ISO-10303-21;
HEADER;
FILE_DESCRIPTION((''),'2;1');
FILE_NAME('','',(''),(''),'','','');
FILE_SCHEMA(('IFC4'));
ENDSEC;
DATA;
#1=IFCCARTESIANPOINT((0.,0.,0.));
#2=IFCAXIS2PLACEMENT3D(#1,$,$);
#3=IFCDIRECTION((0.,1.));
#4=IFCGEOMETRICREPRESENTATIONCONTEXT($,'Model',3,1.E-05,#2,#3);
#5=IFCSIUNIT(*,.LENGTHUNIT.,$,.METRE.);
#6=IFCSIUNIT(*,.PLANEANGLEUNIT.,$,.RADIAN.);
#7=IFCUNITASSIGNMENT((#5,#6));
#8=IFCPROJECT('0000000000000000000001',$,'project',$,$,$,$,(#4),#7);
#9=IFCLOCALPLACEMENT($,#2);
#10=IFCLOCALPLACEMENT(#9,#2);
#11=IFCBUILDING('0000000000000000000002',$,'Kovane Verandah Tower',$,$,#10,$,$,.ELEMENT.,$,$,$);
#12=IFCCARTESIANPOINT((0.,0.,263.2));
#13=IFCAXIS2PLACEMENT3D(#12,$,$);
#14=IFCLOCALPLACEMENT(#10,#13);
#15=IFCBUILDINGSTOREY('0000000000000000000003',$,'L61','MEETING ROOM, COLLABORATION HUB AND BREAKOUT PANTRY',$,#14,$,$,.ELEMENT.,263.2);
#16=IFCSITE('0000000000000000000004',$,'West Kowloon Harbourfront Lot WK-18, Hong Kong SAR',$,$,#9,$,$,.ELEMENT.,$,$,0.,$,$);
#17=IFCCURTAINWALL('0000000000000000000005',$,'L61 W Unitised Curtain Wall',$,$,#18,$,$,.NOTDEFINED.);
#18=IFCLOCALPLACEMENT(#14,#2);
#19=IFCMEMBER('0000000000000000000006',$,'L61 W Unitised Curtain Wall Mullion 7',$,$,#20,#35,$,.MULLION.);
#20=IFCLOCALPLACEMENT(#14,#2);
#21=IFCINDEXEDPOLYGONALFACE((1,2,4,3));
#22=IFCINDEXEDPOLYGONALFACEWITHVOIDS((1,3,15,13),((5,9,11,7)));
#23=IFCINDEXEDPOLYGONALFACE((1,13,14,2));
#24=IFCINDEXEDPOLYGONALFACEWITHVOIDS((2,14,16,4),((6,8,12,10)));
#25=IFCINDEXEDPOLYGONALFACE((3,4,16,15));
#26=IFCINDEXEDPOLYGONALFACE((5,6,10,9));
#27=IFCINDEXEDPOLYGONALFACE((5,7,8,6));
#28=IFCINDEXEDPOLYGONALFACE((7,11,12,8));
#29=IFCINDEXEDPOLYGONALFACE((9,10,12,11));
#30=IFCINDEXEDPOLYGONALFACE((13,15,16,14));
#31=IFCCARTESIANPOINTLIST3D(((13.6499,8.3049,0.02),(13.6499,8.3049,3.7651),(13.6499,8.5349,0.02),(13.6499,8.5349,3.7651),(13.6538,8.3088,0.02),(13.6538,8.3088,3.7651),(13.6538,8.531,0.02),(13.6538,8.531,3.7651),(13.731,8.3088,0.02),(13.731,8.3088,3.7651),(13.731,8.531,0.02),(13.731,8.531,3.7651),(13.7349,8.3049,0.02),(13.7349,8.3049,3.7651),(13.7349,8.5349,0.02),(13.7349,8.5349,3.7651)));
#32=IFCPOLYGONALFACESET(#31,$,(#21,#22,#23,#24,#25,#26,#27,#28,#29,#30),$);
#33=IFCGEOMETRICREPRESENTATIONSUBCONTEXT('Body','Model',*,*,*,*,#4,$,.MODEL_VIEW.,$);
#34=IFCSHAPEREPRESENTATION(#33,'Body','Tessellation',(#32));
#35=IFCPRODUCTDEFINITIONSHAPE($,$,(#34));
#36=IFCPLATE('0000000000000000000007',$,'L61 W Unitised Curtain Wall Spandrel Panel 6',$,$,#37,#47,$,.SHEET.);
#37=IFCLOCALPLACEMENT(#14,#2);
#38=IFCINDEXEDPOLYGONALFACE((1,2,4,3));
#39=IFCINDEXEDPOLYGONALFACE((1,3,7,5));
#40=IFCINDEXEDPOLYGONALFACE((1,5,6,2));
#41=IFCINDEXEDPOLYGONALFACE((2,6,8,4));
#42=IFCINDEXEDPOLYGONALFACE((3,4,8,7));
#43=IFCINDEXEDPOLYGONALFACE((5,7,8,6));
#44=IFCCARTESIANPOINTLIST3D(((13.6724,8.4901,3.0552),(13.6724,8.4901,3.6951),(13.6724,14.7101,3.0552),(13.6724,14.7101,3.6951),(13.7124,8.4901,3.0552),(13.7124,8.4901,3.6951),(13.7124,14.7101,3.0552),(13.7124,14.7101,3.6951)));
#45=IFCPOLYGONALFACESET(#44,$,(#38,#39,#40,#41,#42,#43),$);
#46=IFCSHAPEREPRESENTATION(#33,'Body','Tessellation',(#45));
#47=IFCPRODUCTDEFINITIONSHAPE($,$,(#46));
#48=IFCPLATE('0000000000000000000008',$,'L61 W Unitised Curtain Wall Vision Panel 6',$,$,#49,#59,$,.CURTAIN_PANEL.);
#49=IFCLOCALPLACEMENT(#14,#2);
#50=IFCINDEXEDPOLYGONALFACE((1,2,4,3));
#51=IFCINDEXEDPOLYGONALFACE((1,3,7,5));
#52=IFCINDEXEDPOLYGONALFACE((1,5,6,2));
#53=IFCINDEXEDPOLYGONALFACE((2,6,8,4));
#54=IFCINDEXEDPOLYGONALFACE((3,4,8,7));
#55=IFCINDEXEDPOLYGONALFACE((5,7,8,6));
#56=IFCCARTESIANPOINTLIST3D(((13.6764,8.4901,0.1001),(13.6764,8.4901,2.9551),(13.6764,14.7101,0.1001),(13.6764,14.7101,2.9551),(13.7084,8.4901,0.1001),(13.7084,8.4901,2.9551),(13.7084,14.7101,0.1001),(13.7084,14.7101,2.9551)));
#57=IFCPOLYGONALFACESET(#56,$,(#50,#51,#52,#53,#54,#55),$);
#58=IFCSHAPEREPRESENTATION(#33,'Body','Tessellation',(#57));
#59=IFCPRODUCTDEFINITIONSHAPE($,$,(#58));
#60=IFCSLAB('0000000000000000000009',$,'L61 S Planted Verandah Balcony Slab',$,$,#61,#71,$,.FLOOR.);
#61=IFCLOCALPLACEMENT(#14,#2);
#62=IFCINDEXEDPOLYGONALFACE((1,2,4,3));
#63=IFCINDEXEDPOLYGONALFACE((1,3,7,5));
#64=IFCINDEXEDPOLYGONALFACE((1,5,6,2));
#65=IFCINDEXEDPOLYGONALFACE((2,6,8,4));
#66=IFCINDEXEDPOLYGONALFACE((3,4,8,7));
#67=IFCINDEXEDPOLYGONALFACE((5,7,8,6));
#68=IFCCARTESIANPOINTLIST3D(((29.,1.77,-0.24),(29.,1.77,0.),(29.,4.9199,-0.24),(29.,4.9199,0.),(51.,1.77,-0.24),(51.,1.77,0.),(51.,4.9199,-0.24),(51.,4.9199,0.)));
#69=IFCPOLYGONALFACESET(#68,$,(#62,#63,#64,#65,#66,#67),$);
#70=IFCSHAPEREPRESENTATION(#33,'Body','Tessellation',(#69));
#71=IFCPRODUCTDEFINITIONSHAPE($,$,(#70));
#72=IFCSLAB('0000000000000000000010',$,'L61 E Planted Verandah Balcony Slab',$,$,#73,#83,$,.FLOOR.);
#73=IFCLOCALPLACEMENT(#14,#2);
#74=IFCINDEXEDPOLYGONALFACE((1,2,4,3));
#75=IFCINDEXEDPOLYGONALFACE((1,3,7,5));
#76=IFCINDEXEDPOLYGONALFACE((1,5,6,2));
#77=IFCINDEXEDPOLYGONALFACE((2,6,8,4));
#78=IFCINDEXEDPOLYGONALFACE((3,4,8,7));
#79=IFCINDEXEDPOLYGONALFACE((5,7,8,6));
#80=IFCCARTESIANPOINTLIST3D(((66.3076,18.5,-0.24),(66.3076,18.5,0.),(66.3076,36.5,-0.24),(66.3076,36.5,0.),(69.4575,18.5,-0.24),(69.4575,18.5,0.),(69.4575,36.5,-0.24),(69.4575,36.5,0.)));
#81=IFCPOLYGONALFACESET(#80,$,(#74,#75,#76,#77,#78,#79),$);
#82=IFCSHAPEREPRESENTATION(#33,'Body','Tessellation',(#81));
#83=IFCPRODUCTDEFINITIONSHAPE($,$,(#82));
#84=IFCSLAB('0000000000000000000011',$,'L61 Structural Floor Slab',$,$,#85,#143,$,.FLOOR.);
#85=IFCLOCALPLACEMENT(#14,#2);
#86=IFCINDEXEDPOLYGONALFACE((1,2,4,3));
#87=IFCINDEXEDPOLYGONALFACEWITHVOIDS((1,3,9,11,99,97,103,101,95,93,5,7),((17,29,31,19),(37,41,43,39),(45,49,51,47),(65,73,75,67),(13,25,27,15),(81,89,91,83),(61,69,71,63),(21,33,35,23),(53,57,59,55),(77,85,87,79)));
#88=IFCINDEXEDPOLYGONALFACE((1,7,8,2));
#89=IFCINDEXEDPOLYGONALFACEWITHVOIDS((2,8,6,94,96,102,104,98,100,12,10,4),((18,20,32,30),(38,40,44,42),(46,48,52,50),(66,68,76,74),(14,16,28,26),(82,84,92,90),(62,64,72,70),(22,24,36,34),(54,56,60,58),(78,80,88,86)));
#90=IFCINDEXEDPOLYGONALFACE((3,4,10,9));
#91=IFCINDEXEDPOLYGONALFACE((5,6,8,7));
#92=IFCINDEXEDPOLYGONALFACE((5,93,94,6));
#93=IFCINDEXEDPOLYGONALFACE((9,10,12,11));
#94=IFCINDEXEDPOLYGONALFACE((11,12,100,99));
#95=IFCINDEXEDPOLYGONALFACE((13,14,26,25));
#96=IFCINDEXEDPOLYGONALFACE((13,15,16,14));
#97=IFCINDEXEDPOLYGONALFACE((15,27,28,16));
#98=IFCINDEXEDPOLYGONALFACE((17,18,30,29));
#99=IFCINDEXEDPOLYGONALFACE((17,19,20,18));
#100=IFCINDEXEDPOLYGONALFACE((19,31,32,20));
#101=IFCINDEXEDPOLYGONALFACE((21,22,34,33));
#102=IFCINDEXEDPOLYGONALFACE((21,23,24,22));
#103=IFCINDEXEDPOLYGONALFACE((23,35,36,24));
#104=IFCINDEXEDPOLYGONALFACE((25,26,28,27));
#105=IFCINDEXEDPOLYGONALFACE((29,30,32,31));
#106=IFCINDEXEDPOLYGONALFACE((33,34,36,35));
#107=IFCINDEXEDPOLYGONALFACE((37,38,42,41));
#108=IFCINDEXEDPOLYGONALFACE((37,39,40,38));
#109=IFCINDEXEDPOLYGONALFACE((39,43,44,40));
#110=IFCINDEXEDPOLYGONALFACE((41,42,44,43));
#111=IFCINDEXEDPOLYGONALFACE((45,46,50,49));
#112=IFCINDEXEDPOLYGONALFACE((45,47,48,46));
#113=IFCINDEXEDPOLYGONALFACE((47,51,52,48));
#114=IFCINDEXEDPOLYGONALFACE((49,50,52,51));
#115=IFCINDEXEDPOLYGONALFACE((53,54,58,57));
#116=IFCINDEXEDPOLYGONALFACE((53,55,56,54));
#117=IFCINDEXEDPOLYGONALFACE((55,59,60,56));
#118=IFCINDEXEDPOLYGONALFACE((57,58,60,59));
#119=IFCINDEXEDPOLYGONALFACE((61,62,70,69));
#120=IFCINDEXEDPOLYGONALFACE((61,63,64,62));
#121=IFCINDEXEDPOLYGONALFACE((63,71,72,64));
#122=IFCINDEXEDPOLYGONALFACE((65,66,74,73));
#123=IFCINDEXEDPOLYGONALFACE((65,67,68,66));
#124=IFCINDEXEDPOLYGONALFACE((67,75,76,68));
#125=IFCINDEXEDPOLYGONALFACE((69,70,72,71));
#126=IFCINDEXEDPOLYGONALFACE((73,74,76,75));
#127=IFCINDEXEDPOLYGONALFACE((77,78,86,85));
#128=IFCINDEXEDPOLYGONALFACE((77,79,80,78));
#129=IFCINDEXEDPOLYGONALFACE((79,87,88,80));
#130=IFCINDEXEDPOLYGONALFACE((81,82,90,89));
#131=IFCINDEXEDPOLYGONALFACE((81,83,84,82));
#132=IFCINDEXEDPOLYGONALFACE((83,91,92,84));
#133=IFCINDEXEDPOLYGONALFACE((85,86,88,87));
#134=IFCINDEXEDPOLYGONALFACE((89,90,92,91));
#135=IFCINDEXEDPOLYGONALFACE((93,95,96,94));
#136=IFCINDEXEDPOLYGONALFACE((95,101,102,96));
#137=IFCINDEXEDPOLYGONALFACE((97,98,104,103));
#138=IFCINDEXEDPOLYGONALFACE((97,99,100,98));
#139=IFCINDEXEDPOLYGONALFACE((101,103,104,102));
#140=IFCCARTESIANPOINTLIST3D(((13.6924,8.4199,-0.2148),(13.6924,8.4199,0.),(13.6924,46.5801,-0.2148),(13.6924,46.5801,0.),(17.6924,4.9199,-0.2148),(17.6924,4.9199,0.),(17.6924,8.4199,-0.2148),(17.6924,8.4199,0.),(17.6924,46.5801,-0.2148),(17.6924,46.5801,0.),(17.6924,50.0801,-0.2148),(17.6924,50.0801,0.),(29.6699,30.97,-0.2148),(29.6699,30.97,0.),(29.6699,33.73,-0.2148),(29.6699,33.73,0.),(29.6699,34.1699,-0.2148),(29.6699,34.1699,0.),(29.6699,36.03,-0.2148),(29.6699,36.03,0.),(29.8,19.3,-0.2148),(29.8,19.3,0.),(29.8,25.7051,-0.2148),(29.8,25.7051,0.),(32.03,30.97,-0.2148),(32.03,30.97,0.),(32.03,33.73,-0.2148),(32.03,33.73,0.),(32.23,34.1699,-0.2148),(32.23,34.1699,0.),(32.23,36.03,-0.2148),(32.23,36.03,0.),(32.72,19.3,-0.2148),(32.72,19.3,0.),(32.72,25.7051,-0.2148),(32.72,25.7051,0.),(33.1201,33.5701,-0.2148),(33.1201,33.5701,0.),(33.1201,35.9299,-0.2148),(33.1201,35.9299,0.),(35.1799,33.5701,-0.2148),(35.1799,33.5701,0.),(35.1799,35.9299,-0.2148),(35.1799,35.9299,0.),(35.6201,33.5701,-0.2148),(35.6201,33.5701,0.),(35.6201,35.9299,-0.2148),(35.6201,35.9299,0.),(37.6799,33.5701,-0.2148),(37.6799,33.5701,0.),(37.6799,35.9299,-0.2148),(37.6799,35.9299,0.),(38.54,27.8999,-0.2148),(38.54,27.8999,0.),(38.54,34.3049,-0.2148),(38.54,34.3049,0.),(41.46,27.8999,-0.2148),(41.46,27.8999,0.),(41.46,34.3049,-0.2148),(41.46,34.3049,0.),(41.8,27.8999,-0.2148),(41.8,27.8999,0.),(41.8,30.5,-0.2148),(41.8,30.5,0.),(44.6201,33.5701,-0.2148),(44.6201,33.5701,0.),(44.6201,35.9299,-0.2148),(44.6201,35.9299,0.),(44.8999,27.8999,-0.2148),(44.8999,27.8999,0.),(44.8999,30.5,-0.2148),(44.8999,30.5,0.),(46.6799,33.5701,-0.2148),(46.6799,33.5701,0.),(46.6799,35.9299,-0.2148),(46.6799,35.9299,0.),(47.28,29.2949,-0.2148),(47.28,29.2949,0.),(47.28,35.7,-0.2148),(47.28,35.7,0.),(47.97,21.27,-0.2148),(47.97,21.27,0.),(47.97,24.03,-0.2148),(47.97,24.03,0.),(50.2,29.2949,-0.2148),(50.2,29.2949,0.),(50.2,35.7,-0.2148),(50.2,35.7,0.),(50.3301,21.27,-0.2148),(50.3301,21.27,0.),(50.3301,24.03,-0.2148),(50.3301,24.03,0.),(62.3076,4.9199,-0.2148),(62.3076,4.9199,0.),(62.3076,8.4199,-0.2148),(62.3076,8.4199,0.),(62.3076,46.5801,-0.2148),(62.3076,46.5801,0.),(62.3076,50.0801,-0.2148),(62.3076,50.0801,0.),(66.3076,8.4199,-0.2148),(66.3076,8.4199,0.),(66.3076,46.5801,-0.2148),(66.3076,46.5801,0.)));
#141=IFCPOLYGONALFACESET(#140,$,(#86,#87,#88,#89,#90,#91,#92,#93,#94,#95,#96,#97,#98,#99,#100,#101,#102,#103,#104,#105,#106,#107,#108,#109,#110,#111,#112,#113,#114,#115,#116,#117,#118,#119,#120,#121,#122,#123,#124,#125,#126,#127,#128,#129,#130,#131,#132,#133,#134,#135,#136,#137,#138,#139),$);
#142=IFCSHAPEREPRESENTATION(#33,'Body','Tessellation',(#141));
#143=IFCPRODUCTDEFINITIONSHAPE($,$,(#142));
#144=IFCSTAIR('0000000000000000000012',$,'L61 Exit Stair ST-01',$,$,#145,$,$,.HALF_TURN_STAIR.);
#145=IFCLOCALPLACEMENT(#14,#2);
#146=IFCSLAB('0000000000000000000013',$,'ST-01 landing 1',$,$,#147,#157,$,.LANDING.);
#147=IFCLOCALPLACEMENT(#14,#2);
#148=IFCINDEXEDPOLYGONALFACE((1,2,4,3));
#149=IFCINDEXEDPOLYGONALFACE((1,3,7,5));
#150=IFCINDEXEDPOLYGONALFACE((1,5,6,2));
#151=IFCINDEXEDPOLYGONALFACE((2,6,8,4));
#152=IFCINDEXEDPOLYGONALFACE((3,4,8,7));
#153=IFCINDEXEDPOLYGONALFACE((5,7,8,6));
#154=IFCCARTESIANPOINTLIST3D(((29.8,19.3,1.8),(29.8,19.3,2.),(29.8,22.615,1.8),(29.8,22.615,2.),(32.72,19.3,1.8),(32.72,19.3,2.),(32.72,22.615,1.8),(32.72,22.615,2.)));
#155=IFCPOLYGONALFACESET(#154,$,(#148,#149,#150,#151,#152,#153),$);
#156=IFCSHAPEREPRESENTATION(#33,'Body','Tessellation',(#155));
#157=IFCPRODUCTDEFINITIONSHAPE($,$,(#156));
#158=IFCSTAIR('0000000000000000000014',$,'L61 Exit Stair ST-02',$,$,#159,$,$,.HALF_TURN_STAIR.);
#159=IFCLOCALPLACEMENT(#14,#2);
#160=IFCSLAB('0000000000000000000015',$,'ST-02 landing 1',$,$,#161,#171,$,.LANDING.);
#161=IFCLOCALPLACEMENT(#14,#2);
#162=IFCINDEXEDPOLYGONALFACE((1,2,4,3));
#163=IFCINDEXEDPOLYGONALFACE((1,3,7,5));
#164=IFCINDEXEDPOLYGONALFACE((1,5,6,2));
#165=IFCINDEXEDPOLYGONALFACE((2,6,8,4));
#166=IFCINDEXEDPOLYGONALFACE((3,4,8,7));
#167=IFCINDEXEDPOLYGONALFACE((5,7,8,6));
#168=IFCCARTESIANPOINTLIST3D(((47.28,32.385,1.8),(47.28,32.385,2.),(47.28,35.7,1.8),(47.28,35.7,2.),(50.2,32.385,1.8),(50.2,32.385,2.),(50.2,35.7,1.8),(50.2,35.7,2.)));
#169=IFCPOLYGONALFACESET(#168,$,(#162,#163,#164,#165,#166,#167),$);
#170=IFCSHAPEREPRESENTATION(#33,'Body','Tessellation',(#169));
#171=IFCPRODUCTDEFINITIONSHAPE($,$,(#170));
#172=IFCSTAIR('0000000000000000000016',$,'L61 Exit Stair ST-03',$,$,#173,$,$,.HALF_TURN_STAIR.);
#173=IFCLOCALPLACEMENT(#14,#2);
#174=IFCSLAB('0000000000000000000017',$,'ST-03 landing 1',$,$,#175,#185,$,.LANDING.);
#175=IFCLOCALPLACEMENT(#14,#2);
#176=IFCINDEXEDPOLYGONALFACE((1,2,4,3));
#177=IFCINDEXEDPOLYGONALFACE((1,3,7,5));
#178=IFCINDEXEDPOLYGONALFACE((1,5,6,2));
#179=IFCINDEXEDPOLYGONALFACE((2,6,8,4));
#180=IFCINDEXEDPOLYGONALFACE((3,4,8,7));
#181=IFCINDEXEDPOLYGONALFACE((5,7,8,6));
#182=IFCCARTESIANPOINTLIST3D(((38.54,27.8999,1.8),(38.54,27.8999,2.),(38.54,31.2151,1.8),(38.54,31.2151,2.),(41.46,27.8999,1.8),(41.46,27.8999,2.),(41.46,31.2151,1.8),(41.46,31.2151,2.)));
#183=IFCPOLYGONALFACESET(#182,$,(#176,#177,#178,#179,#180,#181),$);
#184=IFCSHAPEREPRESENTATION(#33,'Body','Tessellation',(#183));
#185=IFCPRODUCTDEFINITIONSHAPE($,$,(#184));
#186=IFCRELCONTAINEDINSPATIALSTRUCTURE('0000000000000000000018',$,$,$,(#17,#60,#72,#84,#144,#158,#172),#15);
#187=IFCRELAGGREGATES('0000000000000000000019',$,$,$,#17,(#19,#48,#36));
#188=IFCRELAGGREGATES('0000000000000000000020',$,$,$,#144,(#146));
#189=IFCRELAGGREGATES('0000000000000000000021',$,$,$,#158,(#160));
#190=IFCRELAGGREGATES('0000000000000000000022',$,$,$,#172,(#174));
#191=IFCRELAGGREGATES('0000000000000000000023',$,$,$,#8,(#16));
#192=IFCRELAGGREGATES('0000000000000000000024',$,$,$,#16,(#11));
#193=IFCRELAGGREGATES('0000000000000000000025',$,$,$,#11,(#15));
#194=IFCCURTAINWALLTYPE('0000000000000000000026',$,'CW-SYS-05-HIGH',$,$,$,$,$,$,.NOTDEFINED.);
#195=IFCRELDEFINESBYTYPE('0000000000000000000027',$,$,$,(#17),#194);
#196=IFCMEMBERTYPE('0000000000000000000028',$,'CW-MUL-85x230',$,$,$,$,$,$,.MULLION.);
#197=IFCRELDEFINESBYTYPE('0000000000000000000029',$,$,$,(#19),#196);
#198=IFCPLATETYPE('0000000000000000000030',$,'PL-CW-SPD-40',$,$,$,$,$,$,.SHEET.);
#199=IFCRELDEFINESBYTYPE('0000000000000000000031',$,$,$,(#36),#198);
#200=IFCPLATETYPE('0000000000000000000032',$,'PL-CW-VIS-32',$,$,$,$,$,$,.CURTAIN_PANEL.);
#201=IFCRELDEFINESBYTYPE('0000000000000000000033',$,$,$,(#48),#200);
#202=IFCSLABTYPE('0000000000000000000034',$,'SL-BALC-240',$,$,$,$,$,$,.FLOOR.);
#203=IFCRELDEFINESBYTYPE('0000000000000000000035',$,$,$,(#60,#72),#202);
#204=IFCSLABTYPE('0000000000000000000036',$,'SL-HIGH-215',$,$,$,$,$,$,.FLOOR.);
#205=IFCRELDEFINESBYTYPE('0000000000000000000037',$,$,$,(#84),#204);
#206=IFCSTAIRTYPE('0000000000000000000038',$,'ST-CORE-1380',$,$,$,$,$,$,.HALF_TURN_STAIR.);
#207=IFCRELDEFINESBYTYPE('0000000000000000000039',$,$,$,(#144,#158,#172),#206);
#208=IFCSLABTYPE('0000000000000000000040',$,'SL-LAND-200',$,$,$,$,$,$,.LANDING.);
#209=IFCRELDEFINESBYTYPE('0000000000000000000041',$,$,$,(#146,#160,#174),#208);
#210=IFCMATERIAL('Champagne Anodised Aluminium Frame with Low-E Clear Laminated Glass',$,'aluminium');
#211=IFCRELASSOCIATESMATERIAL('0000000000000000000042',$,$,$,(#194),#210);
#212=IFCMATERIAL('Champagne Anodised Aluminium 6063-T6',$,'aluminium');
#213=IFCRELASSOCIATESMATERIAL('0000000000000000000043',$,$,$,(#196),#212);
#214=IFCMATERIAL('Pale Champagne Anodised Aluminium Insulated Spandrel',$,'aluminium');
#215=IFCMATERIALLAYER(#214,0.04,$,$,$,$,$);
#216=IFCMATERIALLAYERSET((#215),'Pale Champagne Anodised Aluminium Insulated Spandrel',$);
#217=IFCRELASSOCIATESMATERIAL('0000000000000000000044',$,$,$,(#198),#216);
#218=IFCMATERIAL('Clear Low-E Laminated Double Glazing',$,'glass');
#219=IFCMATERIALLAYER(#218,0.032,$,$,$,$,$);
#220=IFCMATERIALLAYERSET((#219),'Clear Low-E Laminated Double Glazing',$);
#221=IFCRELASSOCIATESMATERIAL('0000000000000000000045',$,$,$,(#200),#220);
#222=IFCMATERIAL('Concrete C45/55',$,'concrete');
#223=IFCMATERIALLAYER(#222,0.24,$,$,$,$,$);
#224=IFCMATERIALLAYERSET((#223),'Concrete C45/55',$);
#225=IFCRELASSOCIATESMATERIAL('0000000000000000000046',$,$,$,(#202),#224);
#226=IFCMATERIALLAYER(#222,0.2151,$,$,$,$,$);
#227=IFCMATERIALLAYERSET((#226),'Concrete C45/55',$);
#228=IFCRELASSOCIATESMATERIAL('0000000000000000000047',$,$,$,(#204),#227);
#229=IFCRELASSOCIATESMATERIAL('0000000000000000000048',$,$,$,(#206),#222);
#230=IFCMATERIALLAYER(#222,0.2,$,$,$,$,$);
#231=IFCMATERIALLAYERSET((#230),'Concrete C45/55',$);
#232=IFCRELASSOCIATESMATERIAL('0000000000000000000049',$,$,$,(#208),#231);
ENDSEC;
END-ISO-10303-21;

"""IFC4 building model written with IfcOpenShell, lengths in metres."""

from ifc_helpers import new_model, si_unit, direction, frame, origin, origin_2d, place, context, subcontext, project, spatial, polyline, rectangle, hollow_rectangle, outline, extrude, material, layer, layer_set, material_profile, profile_set, type_object, element, aggregate, save


model = new_model("IFC4")

# Units and contexts
model_context = context("Model", 3, precision=1e-05, world=origin(), true_north=direction((0.0, 1.0)))
body_context = subcontext(model_context, "Body", "Model", "MODEL_VIEW")
ifc_project = project(units=[si_unit("LENGTHUNIT", "METRE"), si_unit("PLANEANGLEUNIT", "RADIAN")], contexts=[model_context])

# Site, building, storey
site_placement = place(None, origin())
site = spatial("IfcSite", under=ifc_project, at=site_placement, Name="West Kowloon Harbourfront Lot WK-18, Hong Kong SAR", CompositionType="ELEMENT", RefElevation=0.0)
building_placement = place(site_placement, origin())
building = spatial("IfcBuilding", under=site, at=building_placement, Name="Kovane Verandah Tower", CompositionType="ELEMENT")
storey_placement = place(building_placement, frame((0.0, 0.0, 263.2)))
storey = spatial("IfcBuildingStorey", under=building, at=storey_placement, Name="L61", Description="MEETING ROOM, COLLABORATION HUB AND BREAKOUT PANTRY", CompositionType="ELEMENT", Elevation=263.2)

# Curtain wall, member, plates
ifc_material_1 = material(Name="Champagne Anodised Aluminium Frame with Low-E Clear Laminated Glass", Category="aluminium")
curtain_wall_type = type_object("IfcCurtainWallType", Name="CW-SYS-05-HIGH", PredefinedType="NOTDEFINED", material=ifc_material_1)
curtain_wall_placement = place(storey_placement, origin())
curtain_wall = element("IfcCurtainWall", 1, at=curtain_wall_placement, inside=storey, type_object=curtain_wall_type, Name="L61 W Unitised Curtain Wall", PredefinedType="NOTDEFINED")
ifc_material_2 = material(Name="Champagne Anodised Aluminium 6063-T6", Category="aluminium")
ifc_material_profile = material_profile(ifc_material_2, hollow_rectangle(XDim=0.085, YDim=0.23, WallThickness=0.0039, at=origin_2d()), Name="AL85x230x4")
ifc_profile_set = profile_set([ifc_material_profile], Name="Champagne Anodised Aluminium 6063-T6")
member_type = type_object("IfcMemberType", Name="CW-MUL-85x230", PredefinedType="MULLION", material=ifc_profile_set)
member_placement = place(storey_placement, frame((13.6924, 8.4199, 0.02), z_axis=(0.0, 0.0, 1.0), x_axis=(-1.0, 0.0, 0.0)))
member = element("IfcMember", 2, at=member_placement, type_object=member_type, Name="L61 W Unitised Curtain Wall Mullion 7", PredefinedType="MULLION", context=body_context, shape_type="SweptSolid", body=[
    extrude(hollow_rectangle(XDim=0.085, YDim=0.23, WallThickness=0.0039, at=origin_2d()), origin(), (0.0, 0.0, 1.0), 3.7451),
])
ifc_material_3 = material(Name="Pale Champagne Anodised Aluminium Insulated Spandrel", Category="aluminium")
ifc_layer_1 = layer(ifc_material_3, 0.04)
ifc_layer_set_1 = layer_set([ifc_layer_1], Name="Pale Champagne Anodised Aluminium Insulated Spandrel")
plate_type_1 = type_object("IfcPlateType", Name="PL-CW-SPD-40", PredefinedType="SHEET", material=ifc_layer_set_1)
plate_1_placement = place(storey_placement, frame((13.6924, 11.6001, 3.0552), z_axis=(0.0, 0.0, 1.0), x_axis=(0.0, -1.0, 0.0)))
plate_1 = element("IfcPlate", 3, at=plate_1_placement, type_object=plate_type_1, Name="L61 W Unitised Curtain Wall Spandrel Panel 6", PredefinedType="SHEET", context=body_context, shape_type="SweptSolid", body=[
    extrude(rectangle(XDim=6.22, YDim=0.04, at=origin_2d()), origin(), (0.0, 0.0, 1.0), 0.6399),
])
ifc_material_4 = material(Name="Clear Low-E Laminated Double Glazing", Category="glass")
ifc_layer_2 = layer(ifc_material_4, 0.032)
ifc_layer_set_2 = layer_set([ifc_layer_2], Name="Clear Low-E Laminated Double Glazing")
plate_type_2 = type_object("IfcPlateType", Name="PL-CW-VIS-32", PredefinedType="CURTAIN_PANEL", material=ifc_layer_set_2)
plate_2_placement = place(storey_placement, frame((13.6924, 11.6001, 0.1001), z_axis=(0.0, 0.0, 1.0), x_axis=(0.0, -1.0, 0.0)))
plate_2 = element("IfcPlate", 4, at=plate_2_placement, type_object=plate_type_2, Name="L61 W Unitised Curtain Wall Vision Panel 6", PredefinedType="CURTAIN_PANEL", context=body_context, shape_type="SweptSolid", body=[
    extrude(rectangle(XDim=6.22, YDim=0.032, at=origin_2d()), origin(), (0.0, 0.0, 1.0), 2.855),
])
aggregate(curtain_wall, [member, plate_2, plate_1])

# Slabs
ifc_material_5 = material(Name="Concrete C45/55", Category="concrete")
ifc_layer_3 = layer(ifc_material_5, 0.24)
ifc_layer_set_3 = layer_set([ifc_layer_3], Name="Concrete C45/55")
slab_type_1 = type_object("IfcSlabType", Name="SL-BALC-240", PredefinedType="FLOOR", material=ifc_layer_set_3)
slab_1_placement = place(storey_placement, frame((0.0, 0.0, -0.24)))
element("IfcSlab", 5, at=slab_1_placement, inside=storey, type_object=slab_type_1, Name="L61 S Planted Verandah Balcony Slab", PredefinedType="FLOOR", context=body_context, shape_type="SweptSolid", body=[
    extrude(outline(polyline([(29.0, 1.77), (51.0, 1.77), (51.0, 4.9199), (29.0, 4.9199), (29.0, 1.77)])), origin(), (0.0, 0.0, 1.0), 0.24),
])
slab_2_placement = place(storey_placement, frame((0.0, 0.0, -0.24)))
element("IfcSlab", 6, at=slab_2_placement, inside=storey, type_object=slab_type_1, Name="L61 E Planted Verandah Balcony Slab", PredefinedType="FLOOR", context=body_context, shape_type="SweptSolid", body=[
    extrude(outline(polyline([(66.3076, 18.5), (69.4575, 18.5), (69.4575, 36.5), (66.3076, 36.5), (66.3076, 18.5)])), origin(), (0.0, 0.0, 1.0), 0.24),
])
ifc_layer_4 = layer(ifc_material_5, 0.2151)
ifc_layer_set_4 = layer_set([ifc_layer_4], Name="Concrete C45/55")
slab_type_2 = type_object("IfcSlabType", Name="SL-HIGH-215", PredefinedType="FLOOR", material=ifc_layer_set_4)
slab_3_placement = place(storey_placement, frame((0.0, 0.0, -0.2148)))
element("IfcSlab", 7, at=slab_3_placement, inside=storey, type_object=slab_type_2, Name="L61 Structural Floor Slab", PredefinedType="FLOOR", context=body_context, shape_type="SweptSolid", body=[
    extrude(outline(polyline([(17.6924, 4.9199), (62.3076, 4.9199), (62.3076, 8.4199), (66.3076, 8.4199), (66.3076, 46.5801), (62.3076, 46.5801), (62.3076, 50.0801), (17.6924, 50.0801), (17.6924, 46.5801), (13.6924, 46.5801), (13.6924, 8.4199), (17.6924, 8.4199), (17.6924, 4.9199)]), holes=[polyline([(29.8, 19.3), (32.72, 19.3), (32.72, 25.7051), (29.8, 25.7051), (29.8, 19.3)]), polyline([(47.28, 29.2949), (50.2, 29.2949), (50.2, 35.7), (47.28, 35.7), (47.28, 29.2949)]), polyline([(38.54, 27.8999), (41.46, 27.8999), (41.46, 34.3049), (38.54, 34.3049), (38.54, 27.8999)]), polyline([(29.6699, 30.97), (32.03, 30.97), (32.03, 33.73), (29.6699, 33.73), (29.6699, 30.97)]), polyline([(47.97, 21.27), (50.3301, 21.27), (50.3301, 24.03), (47.97, 24.03), (47.97, 21.27)]), polyline([(29.6699, 34.1699), (32.23, 34.1699), (32.23, 36.03), (29.6699, 36.03), (29.6699, 34.1699)]), polyline([(33.1201, 33.5701), (35.1799, 33.5701), (35.1799, 35.9299), (33.1201, 35.9299), (33.1201, 33.5701)]), polyline([(35.6201, 33.5701), (37.6799, 33.5701), (37.6799, 35.9299), (35.6201, 35.9299), (35.6201, 33.5701)]), polyline([(44.6201, 33.5701), (46.6799, 33.5701), (46.6799, 35.9299), (44.6201, 35.9299), (44.6201, 33.5701)]), polyline([(41.8, 27.8999), (44.8999, 27.8999), (44.8999, 30.5), (41.8, 30.5), (41.8, 27.8999)])]), origin(), (0.0, 0.0, 1.0), 0.2148),
])

# Stairs, slabs
stair_type = type_object("IfcStairType", Name="ST-CORE-1380", PredefinedType="HALF_TURN_STAIR", material=ifc_material_5)
stair_1_placement = place(storey_placement, origin())
stair_1 = element("IfcStair", 8, at=stair_1_placement, inside=storey, type_object=stair_type, Name="L61 Exit Stair ST-01", PredefinedType="HALF_TURN_STAIR")
ifc_layer_5 = layer(ifc_material_5, 0.2)
ifc_layer_set_5 = layer_set([ifc_layer_5], Name="Concrete C45/55")
slab_type_3 = type_object("IfcSlabType", Name="SL-LAND-200", PredefinedType="LANDING", material=ifc_layer_set_5)
slab_4_placement = place(storey_placement, frame((0.0, 0.0, 1.8)))
slab_4 = element("IfcSlab", 9, at=slab_4_placement, type_object=slab_type_3, Name="ST-01 landing 1", PredefinedType="LANDING", context=body_context, shape_type="SweptSolid", body=[
    extrude(outline(polyline([(29.8, 22.615), (29.8, 19.3), (32.72, 19.3), (32.72, 22.615), (29.8, 22.615)])), origin(), (0.0, 0.0, 1.0), 0.2),
])
aggregate(stair_1, [slab_4])
stair_2_placement = place(storey_placement, origin())
stair_2 = element("IfcStair", 10, at=stair_2_placement, inside=storey, type_object=stair_type, Name="L61 Exit Stair ST-02", PredefinedType="HALF_TURN_STAIR")
slab_5_placement = place(storey_placement, frame((0.0, 0.0, 1.8)))
slab_5 = element("IfcSlab", 11, at=slab_5_placement, type_object=slab_type_3, Name="ST-02 landing 1", PredefinedType="LANDING", context=body_context, shape_type="SweptSolid", body=[
    extrude(outline(polyline([(50.2, 32.385), (50.2, 35.7), (47.28, 35.7), (47.28, 32.385), (50.2, 32.385)])), origin(), (0.0, 0.0, 1.0), 0.2),
])
aggregate(stair_2, [slab_5])
stair_3_placement = place(storey_placement, origin())
stair_3 = element("IfcStair", 12, at=stair_3_placement, inside=storey, type_object=stair_type, Name="L61 Exit Stair ST-03", PredefinedType="HALF_TURN_STAIR")
slab_6_placement = place(storey_placement, frame((0.0, 0.0, 1.8)))
slab_6 = element("IfcSlab", 13, at=slab_6_placement, type_object=slab_type_3, Name="ST-03 landing 1", PredefinedType="LANDING", context=body_context, shape_type="SweptSolid", body=[
    extrude(outline(polyline([(38.54, 31.2151), (38.54, 27.8999), (41.46, 27.8999), (41.46, 31.2151), (38.54, 31.2151)])), origin(), (0.0, 0.0, 1.0), 0.2),
])
aggregate(stair_3, [slab_6])

save(model, "model.ifc")
